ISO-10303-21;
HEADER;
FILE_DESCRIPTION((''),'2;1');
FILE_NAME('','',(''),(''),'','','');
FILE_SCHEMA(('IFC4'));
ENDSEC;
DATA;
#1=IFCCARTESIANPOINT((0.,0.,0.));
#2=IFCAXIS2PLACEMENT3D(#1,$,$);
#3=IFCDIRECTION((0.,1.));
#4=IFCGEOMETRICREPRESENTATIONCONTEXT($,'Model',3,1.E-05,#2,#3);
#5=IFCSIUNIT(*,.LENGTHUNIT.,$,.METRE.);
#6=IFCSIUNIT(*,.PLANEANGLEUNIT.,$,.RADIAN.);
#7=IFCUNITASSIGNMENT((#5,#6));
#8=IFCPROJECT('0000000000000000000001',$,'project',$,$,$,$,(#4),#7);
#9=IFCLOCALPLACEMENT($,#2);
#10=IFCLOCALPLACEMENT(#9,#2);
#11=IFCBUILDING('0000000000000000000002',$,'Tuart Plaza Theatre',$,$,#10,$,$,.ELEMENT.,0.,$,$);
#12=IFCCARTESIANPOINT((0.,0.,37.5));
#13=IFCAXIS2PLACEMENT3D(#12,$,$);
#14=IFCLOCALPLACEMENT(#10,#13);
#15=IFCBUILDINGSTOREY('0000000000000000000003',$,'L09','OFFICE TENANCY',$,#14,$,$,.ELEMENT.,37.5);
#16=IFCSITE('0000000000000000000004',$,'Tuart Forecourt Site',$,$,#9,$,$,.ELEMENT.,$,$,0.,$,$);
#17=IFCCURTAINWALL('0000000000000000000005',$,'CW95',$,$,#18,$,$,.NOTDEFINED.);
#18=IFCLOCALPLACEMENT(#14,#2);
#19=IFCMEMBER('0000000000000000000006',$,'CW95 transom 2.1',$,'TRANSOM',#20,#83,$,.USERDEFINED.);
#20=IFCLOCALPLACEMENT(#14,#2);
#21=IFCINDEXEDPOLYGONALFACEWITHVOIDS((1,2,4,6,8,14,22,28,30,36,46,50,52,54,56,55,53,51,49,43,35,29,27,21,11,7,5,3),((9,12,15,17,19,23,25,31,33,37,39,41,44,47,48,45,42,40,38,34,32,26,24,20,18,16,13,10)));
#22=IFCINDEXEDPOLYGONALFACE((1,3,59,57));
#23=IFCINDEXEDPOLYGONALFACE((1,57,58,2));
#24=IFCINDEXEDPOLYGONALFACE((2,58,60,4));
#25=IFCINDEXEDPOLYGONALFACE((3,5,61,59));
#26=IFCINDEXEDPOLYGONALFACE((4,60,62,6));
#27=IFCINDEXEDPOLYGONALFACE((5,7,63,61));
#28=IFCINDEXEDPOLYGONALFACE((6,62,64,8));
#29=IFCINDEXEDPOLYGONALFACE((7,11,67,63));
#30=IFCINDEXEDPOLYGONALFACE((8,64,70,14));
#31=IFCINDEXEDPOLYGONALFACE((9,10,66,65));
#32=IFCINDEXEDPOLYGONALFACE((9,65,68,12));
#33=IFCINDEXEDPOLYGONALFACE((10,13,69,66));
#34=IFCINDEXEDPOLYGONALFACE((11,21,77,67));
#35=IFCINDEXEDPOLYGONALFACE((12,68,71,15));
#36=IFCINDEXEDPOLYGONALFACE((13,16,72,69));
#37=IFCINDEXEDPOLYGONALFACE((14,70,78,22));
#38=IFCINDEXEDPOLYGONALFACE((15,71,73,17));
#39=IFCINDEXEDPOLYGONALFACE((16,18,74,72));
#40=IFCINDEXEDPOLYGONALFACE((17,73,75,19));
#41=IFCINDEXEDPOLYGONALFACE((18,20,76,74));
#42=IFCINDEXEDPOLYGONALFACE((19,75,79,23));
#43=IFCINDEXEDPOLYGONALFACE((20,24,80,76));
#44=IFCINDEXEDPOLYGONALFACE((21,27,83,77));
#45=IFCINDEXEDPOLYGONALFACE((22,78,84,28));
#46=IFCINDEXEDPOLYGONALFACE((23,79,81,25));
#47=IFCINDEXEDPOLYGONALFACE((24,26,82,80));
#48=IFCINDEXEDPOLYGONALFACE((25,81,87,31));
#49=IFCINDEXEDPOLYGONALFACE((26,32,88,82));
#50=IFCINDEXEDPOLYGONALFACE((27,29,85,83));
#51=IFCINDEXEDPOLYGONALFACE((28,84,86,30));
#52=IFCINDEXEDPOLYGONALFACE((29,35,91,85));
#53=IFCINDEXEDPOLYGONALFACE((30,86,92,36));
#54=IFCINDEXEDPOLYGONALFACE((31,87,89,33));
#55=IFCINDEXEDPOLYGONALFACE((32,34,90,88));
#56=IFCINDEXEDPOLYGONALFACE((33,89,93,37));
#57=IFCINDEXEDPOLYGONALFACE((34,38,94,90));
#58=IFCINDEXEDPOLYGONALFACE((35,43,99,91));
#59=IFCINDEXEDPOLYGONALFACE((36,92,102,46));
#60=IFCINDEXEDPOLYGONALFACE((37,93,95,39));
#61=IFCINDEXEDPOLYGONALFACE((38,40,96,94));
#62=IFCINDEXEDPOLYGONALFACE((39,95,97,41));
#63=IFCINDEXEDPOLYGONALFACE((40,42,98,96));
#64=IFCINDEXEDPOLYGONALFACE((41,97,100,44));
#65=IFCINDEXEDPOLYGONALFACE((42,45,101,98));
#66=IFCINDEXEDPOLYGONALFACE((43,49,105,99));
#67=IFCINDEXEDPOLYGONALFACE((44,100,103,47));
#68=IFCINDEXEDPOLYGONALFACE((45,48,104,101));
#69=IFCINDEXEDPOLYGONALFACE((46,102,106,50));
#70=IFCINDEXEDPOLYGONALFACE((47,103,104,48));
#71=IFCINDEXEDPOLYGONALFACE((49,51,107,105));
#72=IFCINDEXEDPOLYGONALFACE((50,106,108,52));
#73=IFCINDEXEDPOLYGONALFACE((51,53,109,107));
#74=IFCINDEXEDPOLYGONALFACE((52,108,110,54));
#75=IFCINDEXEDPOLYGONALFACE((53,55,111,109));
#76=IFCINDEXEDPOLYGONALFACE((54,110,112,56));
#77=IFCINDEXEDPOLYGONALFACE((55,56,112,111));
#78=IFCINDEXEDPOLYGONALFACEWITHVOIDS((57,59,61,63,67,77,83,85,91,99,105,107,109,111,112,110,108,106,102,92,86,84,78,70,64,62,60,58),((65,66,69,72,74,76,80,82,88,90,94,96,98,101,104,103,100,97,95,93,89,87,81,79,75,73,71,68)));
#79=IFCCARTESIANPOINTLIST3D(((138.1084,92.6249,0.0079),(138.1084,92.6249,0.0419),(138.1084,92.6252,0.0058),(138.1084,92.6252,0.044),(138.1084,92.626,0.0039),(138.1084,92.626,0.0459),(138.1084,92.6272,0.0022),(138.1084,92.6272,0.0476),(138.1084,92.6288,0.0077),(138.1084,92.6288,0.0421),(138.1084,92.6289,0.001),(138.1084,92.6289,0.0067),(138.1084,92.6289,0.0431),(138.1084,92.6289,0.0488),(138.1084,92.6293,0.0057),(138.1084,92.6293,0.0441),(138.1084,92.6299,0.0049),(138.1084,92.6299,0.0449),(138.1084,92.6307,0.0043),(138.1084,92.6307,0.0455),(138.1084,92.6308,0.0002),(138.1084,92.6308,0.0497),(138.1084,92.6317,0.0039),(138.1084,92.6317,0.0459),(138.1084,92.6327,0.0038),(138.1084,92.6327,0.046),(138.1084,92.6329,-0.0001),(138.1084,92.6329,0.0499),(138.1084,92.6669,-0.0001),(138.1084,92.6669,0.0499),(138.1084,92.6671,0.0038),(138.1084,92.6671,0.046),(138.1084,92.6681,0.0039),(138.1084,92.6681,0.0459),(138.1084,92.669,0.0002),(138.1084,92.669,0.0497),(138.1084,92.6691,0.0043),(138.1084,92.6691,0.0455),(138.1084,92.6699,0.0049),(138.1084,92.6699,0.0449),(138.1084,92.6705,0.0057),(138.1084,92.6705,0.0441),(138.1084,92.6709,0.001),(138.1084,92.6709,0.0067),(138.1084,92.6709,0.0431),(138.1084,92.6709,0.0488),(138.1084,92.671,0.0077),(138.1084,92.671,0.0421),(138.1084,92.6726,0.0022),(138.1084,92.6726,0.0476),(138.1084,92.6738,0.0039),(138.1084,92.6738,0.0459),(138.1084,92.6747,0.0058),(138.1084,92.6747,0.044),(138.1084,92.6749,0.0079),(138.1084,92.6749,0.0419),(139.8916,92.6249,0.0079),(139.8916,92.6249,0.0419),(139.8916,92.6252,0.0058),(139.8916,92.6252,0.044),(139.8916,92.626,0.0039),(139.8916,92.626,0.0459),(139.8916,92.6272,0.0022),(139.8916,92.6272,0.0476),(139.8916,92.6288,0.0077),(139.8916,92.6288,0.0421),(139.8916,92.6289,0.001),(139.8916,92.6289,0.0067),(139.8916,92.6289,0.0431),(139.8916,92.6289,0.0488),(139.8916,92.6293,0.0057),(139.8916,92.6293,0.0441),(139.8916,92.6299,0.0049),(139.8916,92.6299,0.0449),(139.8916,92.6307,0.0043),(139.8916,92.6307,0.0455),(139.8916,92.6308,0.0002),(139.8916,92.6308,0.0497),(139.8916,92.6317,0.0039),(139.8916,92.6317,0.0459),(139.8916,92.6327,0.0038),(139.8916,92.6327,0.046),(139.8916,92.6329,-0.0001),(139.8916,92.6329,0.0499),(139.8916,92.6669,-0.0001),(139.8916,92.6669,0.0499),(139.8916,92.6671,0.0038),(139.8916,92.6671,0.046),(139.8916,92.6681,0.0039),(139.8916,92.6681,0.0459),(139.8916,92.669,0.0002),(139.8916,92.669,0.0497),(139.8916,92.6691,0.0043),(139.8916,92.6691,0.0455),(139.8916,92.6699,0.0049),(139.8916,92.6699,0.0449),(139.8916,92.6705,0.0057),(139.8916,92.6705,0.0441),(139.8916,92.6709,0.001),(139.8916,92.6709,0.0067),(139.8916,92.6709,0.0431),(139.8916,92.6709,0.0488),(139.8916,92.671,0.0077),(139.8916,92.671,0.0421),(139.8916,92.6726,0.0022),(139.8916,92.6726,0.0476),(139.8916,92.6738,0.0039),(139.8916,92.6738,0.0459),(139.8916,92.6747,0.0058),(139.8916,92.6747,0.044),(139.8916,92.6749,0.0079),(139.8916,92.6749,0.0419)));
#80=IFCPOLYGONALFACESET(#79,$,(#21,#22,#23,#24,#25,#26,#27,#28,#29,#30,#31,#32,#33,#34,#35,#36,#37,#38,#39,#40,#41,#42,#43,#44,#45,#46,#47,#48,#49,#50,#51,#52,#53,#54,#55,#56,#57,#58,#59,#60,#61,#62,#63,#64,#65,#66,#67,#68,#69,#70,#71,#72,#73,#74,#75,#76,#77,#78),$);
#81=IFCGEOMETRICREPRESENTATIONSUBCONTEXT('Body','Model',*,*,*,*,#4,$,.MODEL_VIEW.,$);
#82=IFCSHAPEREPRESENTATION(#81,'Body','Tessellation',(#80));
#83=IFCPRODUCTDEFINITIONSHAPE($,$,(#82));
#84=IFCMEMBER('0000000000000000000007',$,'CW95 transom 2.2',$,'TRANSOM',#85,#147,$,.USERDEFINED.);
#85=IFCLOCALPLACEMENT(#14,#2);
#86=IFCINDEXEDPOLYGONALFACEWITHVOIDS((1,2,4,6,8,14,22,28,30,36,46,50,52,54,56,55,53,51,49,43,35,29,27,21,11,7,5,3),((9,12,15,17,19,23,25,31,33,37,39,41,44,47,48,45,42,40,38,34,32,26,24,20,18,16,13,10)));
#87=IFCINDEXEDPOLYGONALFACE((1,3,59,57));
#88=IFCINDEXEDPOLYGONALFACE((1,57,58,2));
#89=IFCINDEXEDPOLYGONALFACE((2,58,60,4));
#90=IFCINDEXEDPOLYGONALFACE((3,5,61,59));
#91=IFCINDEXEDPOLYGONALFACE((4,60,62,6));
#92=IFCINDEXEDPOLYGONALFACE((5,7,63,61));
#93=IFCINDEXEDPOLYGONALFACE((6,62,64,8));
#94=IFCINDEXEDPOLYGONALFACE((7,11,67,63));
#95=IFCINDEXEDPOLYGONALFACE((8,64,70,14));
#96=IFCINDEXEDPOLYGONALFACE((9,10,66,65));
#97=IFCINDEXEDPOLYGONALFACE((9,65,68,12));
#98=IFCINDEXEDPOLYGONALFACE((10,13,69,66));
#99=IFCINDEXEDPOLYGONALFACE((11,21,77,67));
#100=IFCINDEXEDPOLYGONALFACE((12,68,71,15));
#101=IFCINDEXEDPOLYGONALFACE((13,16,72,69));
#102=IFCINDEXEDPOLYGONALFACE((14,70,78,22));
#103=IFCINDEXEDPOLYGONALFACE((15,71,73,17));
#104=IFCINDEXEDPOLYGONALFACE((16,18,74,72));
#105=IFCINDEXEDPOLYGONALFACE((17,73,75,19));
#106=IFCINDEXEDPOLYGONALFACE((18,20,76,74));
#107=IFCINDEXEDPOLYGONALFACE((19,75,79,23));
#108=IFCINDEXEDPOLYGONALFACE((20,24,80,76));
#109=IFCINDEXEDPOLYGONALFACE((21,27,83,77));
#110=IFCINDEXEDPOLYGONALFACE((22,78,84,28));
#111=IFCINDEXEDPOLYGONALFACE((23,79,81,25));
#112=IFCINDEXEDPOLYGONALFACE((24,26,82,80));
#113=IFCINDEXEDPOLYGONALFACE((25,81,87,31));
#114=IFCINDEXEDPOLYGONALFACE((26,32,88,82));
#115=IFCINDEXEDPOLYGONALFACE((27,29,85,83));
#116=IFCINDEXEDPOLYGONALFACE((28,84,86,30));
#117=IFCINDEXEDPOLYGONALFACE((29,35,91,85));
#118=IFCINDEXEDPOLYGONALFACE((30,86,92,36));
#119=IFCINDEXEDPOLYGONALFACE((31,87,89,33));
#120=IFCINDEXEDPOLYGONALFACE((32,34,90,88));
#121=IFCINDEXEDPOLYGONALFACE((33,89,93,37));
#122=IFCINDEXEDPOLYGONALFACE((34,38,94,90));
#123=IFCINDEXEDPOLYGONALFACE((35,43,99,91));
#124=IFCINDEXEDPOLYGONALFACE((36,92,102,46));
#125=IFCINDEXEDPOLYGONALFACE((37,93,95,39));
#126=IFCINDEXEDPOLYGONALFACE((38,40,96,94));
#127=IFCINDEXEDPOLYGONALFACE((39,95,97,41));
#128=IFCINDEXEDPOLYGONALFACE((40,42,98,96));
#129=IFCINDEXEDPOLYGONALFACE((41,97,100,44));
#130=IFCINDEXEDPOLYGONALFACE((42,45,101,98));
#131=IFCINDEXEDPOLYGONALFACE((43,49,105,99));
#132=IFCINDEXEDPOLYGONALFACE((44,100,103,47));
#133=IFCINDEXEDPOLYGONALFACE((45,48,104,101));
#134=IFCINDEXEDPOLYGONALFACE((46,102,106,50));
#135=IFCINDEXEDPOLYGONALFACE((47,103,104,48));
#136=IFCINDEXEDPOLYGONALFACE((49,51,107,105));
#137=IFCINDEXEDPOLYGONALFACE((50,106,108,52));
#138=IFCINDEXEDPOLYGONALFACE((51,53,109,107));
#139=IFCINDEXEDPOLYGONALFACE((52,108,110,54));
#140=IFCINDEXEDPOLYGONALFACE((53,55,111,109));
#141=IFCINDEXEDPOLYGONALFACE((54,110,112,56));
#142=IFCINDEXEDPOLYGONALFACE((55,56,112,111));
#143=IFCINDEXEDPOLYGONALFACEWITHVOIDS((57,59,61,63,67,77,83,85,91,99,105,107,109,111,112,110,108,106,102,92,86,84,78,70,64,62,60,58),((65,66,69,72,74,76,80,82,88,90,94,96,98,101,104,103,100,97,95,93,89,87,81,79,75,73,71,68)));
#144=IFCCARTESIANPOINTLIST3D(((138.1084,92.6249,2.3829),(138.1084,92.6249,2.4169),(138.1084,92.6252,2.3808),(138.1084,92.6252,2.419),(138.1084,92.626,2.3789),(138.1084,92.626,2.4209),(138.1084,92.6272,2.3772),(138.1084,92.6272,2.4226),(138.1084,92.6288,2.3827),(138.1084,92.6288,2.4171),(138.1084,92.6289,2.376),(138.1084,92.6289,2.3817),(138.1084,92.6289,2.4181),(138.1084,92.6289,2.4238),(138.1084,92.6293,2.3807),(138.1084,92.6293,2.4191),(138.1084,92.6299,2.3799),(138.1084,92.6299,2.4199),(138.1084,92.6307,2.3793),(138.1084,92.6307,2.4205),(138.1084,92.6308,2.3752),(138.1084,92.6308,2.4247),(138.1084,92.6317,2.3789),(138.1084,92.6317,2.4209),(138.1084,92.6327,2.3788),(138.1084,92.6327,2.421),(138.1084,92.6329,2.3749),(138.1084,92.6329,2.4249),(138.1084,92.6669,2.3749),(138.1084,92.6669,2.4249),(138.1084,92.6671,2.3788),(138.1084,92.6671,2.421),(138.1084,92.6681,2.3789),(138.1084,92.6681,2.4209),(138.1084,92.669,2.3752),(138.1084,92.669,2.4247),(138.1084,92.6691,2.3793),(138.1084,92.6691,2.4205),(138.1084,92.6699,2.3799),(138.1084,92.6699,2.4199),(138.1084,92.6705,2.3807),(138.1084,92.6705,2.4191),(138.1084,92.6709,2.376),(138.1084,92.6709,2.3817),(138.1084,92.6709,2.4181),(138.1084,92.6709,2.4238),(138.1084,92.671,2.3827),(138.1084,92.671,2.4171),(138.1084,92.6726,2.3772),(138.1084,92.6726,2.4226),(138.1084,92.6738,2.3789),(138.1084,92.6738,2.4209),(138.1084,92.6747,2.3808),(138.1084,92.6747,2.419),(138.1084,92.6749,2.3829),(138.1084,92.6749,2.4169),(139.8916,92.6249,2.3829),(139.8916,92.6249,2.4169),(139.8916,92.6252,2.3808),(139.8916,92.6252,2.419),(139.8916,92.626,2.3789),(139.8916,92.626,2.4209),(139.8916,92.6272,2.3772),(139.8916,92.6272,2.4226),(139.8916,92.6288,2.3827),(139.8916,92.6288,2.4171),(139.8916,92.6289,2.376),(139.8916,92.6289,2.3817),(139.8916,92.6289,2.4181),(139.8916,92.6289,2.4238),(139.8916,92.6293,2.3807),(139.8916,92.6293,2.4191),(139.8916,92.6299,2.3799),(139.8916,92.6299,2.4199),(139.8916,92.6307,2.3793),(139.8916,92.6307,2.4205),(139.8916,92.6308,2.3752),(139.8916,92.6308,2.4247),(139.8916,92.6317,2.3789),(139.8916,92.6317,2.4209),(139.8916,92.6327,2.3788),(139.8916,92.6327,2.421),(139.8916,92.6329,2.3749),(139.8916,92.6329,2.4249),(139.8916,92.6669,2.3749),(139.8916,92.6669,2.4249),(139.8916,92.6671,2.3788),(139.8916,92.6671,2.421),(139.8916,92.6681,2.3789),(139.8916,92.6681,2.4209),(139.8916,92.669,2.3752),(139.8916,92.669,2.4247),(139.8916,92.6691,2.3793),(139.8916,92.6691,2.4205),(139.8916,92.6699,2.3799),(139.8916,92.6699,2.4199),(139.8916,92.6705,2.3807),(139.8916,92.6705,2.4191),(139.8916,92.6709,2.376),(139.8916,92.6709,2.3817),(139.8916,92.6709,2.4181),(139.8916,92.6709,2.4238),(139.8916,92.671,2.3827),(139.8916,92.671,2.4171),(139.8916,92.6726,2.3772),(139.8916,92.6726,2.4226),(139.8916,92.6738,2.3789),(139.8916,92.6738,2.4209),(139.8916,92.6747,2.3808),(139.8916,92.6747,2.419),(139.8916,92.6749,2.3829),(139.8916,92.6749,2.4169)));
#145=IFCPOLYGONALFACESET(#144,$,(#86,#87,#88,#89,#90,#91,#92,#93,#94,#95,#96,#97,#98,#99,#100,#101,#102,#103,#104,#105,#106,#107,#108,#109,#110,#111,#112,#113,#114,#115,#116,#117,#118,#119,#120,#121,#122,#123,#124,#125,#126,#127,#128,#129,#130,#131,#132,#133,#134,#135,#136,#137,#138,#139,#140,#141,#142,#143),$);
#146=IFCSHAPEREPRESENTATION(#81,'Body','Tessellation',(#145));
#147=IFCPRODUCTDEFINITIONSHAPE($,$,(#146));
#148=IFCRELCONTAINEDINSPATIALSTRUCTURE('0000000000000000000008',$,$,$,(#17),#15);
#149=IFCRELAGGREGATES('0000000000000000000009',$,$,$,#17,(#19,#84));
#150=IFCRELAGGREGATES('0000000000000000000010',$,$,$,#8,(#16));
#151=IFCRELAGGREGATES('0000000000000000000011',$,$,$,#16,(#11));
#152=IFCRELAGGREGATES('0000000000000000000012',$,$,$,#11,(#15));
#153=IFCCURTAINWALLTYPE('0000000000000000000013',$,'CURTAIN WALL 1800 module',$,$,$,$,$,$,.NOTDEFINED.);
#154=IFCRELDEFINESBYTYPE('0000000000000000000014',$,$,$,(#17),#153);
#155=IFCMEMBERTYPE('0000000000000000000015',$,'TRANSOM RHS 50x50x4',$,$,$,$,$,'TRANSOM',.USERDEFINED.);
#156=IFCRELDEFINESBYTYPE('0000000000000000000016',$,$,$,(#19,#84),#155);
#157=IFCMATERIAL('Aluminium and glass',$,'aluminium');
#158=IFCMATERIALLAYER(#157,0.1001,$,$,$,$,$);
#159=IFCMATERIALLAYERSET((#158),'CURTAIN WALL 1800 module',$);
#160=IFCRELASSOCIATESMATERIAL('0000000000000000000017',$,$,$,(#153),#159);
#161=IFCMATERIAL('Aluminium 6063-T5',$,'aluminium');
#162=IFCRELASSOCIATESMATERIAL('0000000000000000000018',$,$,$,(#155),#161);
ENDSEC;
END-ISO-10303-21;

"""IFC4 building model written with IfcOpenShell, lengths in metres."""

from ifc_helpers import new_model, si_unit, direction, frame, origin, origin_2d, place, context, subcontext, project, spatial, hollow_rectangle, extrude, material, layer, layer_set, material_profile, profile_set, type_object, element, aggregate, save


model = new_model("IFC4")

# Units and contexts
model_context = context("Model", 3, precision=1e-05, world=origin(), true_north=direction((0.0, 1.0)))
body_context = subcontext(model_context, "Body", "Model", "MODEL_VIEW")
ifc_project = project(units=[si_unit("LENGTHUNIT", "METRE"), si_unit("PLANEANGLEUNIT", "RADIAN")], contexts=[model_context])

# Site, building, storey
site_placement = place(None, origin())
site = spatial("IfcSite", under=ifc_project, at=site_placement, Name="Tuart Forecourt Site", CompositionType="ELEMENT", RefElevation=0.0)
building_placement = place(site_placement, origin())
building = spatial("IfcBuilding", under=site, at=building_placement, Name="Tuart Plaza Theatre", CompositionType="ELEMENT", ElevationOfRefHeight=0.0)
storey_placement = place(building_placement, frame((0.0, 0.0, 37.5)))
storey = spatial("IfcBuildingStorey", under=building, at=storey_placement, Name="L09", Description="OFFICE TENANCY", CompositionType="ELEMENT", Elevation=37.5)

# Curtain wall, members
ifc_material_1 = material(Name="Aluminium and glass", Category="aluminium")
ifc_layer_1 = layer(ifc_material_1, 0.1001)
ifc_layer_set_1 = layer_set([ifc_layer_1], Name="CURTAIN WALL 1800 module")
curtain_wall_type = type_object("IfcCurtainWallType", Name="CURTAIN WALL 1800 module", PredefinedType="NOTDEFINED", material=ifc_layer_set_1)
curtain_wall_placement = place(storey_placement, origin())
curtain_wall = element("IfcCurtainWall", 1, at=curtain_wall_placement, inside=storey, type_object=curtain_wall_type, Name="CW95", PredefinedType="NOTDEFINED")
ifc_material_2 = material(Name="Aluminium 6063-T5", Category="aluminium")
ifc_material_profile_1 = material_profile(ifc_material_2, hollow_rectangle(XDim=0.05, YDim=0.05, WallThickness=0.0039, InnerFilletRadius=0.0039, OuterFilletRadius=0.0081, at=origin_2d()), Name="RHS 50x50x4")
ifc_profile_set_1 = profile_set([ifc_material_profile_1], Name="Aluminium 6063-T5")
member_type_1 = type_object("IfcMemberType", Name="TRANSOM RHS 50x50x4", ElementType="TRANSOM", PredefinedType="USERDEFINED", material=ifc_profile_set_1)
member_1_placement = place(storey_placement, frame((139.8916, 92.6499, 0.0249), z_axis=(-1.0, 0.0, 0.0), x_axis=(0.0, -1.0, 0.0)))
member_1 = element("IfcMember", 2, at=member_1_placement, type_object=member_type_1, Name="CW95 transom 2.1", ObjectType="TRANSOM", PredefinedType="USERDEFINED", context=body_context, shape_type="SweptSolid", body=[
    extrude(hollow_rectangle(XDim=0.05, YDim=0.05, WallThickness=0.0039, InnerFilletRadius=0.0039, OuterFilletRadius=0.0081, at=origin_2d()), origin(), (0.0, 0.0, 1.0), 1.7832),
])
member_2_placement = place(storey_placement, frame((139.8916, 92.6499, 2.3999), z_axis=(-1.0, 0.0, 0.0), x_axis=(0.0, -1.0, 0.0)))
member_2 = element("IfcMember", 3, at=member_2_placement, type_object=member_type_1, Name="CW95 transom 2.2", ObjectType="TRANSOM", PredefinedType="USERDEFINED", context=body_context, shape_type="SweptSolid", body=[
    extrude(hollow_rectangle(XDim=0.05, YDim=0.05, WallThickness=0.0039, InnerFilletRadius=0.0039, OuterFilletRadius=0.0081, at=origin_2d()), origin(), (0.0, 0.0, 1.0), 1.7832),
])
aggregate(curtain_wall, [member_1, member_2])

save(model, "model.ifc")
